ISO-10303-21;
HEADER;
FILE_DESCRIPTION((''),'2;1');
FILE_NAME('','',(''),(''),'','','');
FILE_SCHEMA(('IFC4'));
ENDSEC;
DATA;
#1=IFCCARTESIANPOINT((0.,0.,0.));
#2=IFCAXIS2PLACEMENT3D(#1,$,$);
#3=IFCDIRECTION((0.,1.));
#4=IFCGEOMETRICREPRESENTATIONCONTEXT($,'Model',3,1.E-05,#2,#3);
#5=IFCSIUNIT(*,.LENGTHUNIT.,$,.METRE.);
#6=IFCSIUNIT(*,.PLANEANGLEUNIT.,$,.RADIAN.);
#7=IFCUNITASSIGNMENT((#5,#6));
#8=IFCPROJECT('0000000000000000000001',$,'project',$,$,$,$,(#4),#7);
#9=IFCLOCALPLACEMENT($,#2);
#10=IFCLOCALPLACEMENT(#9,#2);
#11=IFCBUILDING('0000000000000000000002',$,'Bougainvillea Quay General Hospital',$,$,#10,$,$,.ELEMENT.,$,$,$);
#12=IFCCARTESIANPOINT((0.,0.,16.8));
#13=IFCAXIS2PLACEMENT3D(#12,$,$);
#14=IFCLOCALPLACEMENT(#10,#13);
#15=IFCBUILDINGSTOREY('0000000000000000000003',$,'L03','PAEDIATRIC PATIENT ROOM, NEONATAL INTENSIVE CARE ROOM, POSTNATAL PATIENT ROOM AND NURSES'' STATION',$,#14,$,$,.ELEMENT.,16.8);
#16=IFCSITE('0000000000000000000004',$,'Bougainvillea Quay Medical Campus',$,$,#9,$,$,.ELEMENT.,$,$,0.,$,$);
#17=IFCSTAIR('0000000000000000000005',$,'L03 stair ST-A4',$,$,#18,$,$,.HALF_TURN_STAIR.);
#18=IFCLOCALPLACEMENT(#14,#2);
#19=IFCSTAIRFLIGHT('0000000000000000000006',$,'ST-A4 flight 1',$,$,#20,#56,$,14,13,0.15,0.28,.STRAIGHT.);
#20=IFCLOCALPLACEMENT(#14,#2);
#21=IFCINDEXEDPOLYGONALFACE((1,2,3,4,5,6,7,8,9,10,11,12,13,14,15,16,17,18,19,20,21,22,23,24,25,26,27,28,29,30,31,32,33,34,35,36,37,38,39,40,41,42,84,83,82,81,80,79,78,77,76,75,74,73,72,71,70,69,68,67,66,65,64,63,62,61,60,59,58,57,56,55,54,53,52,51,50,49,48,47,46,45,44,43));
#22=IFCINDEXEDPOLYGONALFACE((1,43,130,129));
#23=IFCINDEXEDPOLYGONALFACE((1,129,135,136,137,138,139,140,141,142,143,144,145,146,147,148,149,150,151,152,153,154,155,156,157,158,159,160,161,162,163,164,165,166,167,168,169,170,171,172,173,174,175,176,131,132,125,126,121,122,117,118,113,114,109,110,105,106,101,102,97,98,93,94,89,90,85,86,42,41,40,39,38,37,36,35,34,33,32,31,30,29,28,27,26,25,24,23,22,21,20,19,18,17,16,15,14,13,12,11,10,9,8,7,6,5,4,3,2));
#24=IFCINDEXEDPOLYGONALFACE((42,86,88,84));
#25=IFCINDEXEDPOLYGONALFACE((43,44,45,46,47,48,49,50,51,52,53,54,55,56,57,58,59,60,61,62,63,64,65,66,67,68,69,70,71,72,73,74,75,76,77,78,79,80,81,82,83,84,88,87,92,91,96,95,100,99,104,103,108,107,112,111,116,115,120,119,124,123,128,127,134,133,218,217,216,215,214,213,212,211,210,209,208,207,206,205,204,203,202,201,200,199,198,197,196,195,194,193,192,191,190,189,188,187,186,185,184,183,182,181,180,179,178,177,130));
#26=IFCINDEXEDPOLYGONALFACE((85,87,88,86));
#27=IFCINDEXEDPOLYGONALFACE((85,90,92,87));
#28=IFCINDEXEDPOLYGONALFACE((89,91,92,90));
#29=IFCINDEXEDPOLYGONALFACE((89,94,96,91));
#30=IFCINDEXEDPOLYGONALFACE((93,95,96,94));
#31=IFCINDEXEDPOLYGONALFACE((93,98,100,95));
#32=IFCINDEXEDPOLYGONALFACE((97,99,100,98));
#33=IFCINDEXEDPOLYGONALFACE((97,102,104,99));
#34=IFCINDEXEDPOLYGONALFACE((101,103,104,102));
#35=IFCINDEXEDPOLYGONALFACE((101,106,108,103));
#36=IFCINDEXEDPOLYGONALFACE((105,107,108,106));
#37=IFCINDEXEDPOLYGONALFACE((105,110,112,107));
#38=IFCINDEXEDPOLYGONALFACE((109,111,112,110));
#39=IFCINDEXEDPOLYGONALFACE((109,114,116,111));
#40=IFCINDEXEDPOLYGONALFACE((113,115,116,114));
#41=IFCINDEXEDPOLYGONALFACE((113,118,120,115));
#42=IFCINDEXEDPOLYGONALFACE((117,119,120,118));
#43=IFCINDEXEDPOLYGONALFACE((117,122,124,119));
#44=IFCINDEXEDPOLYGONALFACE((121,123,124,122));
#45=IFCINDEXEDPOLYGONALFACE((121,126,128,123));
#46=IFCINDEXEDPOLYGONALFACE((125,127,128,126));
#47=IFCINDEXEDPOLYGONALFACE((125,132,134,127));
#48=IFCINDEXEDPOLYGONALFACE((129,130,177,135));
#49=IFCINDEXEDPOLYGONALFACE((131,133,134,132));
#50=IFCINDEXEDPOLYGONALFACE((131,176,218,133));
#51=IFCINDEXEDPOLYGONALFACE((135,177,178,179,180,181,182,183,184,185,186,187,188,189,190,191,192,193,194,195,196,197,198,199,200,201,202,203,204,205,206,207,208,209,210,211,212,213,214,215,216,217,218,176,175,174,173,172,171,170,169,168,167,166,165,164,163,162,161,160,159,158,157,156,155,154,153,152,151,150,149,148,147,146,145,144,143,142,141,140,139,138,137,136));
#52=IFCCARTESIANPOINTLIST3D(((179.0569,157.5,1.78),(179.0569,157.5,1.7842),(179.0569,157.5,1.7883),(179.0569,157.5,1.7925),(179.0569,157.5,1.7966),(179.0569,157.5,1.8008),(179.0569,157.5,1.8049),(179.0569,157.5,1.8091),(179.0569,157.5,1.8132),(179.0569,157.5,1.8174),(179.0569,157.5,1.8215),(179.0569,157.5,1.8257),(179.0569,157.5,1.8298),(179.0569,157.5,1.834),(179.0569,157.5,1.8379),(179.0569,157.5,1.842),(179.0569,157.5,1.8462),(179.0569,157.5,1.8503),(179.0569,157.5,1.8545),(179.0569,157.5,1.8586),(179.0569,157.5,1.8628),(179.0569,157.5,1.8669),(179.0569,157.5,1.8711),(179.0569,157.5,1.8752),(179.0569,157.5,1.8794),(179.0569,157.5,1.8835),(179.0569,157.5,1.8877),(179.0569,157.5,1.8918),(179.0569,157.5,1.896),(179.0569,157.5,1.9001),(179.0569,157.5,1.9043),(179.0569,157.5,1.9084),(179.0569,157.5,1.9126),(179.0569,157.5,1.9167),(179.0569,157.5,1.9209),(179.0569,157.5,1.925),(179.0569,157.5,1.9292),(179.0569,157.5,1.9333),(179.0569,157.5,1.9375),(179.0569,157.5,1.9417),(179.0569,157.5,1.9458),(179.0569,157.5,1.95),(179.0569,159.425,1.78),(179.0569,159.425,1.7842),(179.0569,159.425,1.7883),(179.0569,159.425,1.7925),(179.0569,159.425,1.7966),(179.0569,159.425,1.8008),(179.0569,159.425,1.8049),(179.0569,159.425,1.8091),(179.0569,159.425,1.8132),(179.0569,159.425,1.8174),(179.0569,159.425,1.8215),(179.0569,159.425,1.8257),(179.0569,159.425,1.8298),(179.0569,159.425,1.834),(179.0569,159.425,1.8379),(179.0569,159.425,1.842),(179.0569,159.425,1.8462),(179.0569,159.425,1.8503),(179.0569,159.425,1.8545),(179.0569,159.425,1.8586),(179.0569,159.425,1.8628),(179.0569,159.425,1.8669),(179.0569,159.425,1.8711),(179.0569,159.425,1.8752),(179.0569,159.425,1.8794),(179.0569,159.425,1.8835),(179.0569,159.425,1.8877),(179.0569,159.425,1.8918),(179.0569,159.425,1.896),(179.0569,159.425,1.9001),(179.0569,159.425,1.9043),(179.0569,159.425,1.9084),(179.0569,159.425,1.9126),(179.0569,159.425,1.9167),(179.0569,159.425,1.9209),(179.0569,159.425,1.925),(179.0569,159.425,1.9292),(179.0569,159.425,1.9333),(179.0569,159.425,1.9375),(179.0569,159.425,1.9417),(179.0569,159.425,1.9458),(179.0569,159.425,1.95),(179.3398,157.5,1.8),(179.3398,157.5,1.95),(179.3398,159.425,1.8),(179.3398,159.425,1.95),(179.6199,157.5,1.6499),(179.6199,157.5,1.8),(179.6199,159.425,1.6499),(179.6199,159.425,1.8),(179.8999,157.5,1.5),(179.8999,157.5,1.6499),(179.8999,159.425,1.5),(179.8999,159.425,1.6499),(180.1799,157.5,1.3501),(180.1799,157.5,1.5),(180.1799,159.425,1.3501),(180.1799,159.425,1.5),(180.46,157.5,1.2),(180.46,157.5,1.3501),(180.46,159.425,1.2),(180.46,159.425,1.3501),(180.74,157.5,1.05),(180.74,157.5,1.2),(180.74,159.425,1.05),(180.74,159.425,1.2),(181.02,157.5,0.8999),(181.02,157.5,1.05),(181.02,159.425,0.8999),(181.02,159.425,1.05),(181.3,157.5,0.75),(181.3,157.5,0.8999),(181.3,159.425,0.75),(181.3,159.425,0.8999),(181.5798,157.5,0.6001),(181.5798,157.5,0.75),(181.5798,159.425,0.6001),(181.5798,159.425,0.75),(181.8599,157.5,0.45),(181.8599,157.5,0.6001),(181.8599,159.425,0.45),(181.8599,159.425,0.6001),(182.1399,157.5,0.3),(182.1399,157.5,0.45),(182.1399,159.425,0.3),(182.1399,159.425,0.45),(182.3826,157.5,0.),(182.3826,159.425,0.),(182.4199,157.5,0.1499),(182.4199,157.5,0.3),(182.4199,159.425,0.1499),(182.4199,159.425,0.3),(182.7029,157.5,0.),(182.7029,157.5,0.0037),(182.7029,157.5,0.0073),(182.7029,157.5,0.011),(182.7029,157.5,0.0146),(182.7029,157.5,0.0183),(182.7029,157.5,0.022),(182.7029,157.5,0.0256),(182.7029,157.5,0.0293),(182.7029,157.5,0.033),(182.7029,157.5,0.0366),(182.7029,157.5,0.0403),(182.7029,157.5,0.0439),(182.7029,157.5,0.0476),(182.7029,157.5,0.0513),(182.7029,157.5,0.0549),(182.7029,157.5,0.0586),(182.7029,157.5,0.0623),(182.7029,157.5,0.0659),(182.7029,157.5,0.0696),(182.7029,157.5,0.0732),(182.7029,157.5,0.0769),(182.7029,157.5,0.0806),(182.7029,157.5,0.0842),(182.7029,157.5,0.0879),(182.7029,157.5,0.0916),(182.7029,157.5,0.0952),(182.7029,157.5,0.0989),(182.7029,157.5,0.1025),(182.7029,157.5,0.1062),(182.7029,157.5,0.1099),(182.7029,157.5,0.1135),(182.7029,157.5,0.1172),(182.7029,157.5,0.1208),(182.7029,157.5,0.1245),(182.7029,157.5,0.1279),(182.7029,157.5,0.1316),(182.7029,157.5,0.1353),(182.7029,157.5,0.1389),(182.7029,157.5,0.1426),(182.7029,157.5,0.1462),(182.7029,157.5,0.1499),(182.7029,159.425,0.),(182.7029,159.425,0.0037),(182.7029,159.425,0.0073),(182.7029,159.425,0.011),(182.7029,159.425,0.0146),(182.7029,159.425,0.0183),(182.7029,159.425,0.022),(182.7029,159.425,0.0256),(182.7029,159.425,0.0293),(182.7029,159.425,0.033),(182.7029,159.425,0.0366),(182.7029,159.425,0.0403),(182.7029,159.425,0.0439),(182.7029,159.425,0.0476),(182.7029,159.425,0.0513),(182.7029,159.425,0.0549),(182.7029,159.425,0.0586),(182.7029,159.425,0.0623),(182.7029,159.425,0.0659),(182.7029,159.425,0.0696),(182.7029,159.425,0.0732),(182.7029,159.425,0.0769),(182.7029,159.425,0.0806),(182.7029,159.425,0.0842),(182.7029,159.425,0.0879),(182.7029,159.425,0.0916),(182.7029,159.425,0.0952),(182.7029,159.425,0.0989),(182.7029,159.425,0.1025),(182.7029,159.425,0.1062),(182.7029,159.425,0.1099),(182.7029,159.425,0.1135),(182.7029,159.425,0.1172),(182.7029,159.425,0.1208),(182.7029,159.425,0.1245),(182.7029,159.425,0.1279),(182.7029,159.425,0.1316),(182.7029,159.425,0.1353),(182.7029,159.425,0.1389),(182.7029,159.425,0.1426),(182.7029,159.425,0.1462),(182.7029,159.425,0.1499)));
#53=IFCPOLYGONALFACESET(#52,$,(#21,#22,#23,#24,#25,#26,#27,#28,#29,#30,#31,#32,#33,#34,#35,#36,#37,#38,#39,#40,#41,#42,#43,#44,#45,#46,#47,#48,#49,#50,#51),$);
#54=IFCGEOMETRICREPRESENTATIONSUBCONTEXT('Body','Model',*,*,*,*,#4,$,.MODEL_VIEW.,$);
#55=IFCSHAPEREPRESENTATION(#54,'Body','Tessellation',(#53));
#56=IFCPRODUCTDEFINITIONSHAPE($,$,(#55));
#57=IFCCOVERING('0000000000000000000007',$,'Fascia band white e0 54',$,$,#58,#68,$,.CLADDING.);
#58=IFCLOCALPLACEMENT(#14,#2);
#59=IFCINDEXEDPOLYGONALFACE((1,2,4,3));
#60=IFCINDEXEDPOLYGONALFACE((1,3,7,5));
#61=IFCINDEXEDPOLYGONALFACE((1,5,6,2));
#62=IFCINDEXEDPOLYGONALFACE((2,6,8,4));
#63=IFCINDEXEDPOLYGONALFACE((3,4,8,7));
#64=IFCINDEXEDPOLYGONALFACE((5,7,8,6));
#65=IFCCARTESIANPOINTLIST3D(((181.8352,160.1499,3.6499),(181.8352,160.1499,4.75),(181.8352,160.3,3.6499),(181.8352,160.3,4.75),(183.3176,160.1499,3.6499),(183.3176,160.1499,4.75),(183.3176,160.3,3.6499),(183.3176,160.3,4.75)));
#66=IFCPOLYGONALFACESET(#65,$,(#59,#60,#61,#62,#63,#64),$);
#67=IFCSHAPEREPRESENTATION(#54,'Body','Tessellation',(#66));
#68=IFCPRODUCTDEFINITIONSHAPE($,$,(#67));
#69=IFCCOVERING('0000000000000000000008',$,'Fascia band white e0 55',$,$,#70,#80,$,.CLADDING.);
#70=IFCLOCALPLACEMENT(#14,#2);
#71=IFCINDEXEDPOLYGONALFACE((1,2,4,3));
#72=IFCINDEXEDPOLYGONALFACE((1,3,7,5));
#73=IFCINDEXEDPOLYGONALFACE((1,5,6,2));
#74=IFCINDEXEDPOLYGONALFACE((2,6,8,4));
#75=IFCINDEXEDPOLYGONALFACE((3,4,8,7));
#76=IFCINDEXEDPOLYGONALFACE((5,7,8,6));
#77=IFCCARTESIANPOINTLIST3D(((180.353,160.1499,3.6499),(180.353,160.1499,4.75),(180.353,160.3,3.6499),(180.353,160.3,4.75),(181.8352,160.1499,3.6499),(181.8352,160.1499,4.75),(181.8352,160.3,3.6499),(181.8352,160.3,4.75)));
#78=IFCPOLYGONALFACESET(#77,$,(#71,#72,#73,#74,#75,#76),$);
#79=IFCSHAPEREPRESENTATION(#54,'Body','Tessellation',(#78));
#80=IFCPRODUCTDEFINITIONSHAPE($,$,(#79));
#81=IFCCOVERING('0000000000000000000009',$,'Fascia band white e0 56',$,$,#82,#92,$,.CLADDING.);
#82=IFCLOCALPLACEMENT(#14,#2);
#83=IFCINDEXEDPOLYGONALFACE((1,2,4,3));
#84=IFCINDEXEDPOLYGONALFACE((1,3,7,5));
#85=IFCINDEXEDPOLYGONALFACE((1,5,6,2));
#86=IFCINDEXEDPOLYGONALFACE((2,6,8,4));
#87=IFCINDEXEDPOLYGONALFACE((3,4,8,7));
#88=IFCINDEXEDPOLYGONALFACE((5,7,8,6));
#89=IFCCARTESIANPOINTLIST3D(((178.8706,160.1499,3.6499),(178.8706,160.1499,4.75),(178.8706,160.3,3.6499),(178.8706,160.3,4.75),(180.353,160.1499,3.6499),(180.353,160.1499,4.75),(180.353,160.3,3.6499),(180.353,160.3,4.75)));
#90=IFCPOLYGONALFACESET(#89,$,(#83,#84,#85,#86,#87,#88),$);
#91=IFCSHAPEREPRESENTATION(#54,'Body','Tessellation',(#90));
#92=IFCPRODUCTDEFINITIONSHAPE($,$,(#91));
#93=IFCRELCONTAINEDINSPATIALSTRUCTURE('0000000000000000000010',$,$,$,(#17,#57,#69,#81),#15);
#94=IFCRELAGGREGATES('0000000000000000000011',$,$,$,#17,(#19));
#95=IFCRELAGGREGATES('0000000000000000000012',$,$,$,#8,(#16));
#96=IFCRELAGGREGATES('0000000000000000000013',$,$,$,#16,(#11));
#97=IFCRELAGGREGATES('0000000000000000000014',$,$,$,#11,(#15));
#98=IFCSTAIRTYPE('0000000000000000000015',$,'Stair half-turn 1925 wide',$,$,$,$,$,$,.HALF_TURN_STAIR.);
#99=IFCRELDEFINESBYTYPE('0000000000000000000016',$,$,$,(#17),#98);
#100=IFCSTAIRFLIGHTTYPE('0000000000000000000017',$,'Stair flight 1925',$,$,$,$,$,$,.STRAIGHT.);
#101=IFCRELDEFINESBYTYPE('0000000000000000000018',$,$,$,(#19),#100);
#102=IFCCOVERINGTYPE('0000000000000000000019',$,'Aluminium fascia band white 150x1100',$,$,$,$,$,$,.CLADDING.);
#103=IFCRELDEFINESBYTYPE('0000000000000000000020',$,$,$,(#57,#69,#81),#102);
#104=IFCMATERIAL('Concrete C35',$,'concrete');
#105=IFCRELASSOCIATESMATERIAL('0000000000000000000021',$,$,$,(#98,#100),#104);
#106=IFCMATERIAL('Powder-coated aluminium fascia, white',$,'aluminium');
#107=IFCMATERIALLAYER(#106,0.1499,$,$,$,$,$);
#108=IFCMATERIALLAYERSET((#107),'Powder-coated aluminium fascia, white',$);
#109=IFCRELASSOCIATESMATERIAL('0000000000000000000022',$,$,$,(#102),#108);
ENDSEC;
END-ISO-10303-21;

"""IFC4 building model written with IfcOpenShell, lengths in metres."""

from ifc_helpers import new_model, si_unit, direction, frame, origin, place, context, subcontext, project, spatial, polyline, outline, extrude, material, layer, layer_set, type_object, element, aggregate, save


model = new_model("IFC4")

# Units and contexts
model_context = context("Model", 3, precision=1e-05, world=origin(), true_north=direction((0.0, 1.0)))
body_context = subcontext(model_context, "Body", "Model", "MODEL_VIEW")
ifc_project = project(units=[si_unit("LENGTHUNIT", "METRE"), si_unit("PLANEANGLEUNIT", "RADIAN")], contexts=[model_context])

# Site, building, storey
site_placement = place(None, origin())
site = spatial("IfcSite", under=ifc_project, at=site_placement, Name="Bougainvillea Quay Medical Campus", CompositionType="ELEMENT", RefElevation=0.0)
building_placement = place(site_placement, origin())
building = spatial("IfcBuilding", under=site, at=building_placement, Name="Bougainvillea Quay General Hospital", CompositionType="ELEMENT")
storey_placement = place(building_placement, frame((0.0, 0.0, 16.8)))
storey = spatial("IfcBuildingStorey", under=building, at=storey_placement, Name="L03", Description="PAEDIATRIC PATIENT ROOM, NEONATAL INTENSIVE CARE ROOM, POSTNATAL PATIENT ROOM AND NURSES' STATION", CompositionType="ELEMENT", Elevation=16.8)

# Stair, stair flight
ifc_material_1 = material(Name="Concrete C35", Category="concrete")
stair_type = type_object("IfcStairType", Name="Stair half-turn 1925 wide", PredefinedType="HALF_TURN_STAIR", material=ifc_material_1)
stair_placement = place(storey_placement, origin())
stair = element("IfcStair", 1, at=stair_placement, inside=storey, type_object=stair_type, Name="L03 stair ST-A4", PredefinedType="HALF_TURN_STAIR")
stair_flight_type = type_object("IfcStairFlightType", Name="Stair flight 1925", PredefinedType="STRAIGHT", material=ifc_material_1)
stair_flight_1_placement = place(storey_placement, frame((182.7, 158.4624, 0.0), z_axis=(0.0, 0.0, 1.0), x_axis=(-1.0, 0.0, 0.0)))
stair_flight_1 = element("IfcStairFlight", 2, at=stair_flight_1_placement, type_object=stair_flight_type, Name="ST-A4 flight 1", NumberOfRisers=14, NumberOfTreads=13, PredefinedType="STRAIGHT", RiserHeight=0.15, TreadLength=0.28, context=body_context, shape_type="SweptSolid", body=[
    extrude(outline(polyline([(-0.0029, 0.0), (-0.0029, 0.0037), (-0.0029, 0.0073), (-0.0029, 0.011), (-0.0029, 0.0146), (-0.0029, 0.0183), (-0.0029, 0.022), (-0.0029, 0.0256), (-0.0029, 0.0293), (-0.0029, 0.033), (-0.0029, 0.0366), (-0.0029, 0.0403), (-0.0029, 0.0439), (-0.0029, 0.0476), (-0.0029, 0.0513), (-0.0029, 0.0549), (-0.0029, 0.0586), (-0.0029, 0.0623), (-0.0029, 0.0659), (-0.0029, 0.0696), (-0.0029, 0.0732), (-0.0029, 0.0769), (-0.0029, 0.0806), (-0.0029, 0.0842), (-0.0029, 0.0879), (-0.0029, 0.0916), (-0.0029, 0.0952), (-0.0029, 0.0989), (-0.0029, 0.1025), (-0.0029, 0.1062), (-0.0029, 0.1099), (-0.0029, 0.1135), (-0.0029, 0.1172), (-0.0029, 0.1208), (-0.0029, 0.1245), (-0.0029, 0.1279), (-0.0029, 0.1316), (-0.0029, 0.1353), (-0.0029, 0.1389), (-0.0029, 0.1426), (-0.0029, 0.1462), (-0.0029, 0.1499), (0.28, 0.1499), (0.28, 0.3), (0.5601, 0.3), (0.5601, 0.45), (0.8401, 0.45), (0.8401, 0.6001), (1.1201, 0.6001), (1.1201, 0.75), (1.3999, 0.75), (1.3999, 0.8999), (1.6799, 0.8999), (1.6799, 1.05), (1.96, 1.05), (1.96, 1.2), (2.24, 1.2), (2.24, 1.3501), (2.52, 1.3501), (2.52, 1.5), (2.8, 1.5), (2.8, 1.6499), (3.0801, 1.6499), (3.0801, 1.8), (3.3601, 1.8), (3.3601, 1.95), (3.6431, 1.95), (3.6431, 1.9458), (3.6431, 1.9417), (3.6431, 1.9375), (3.6431, 1.9333), (3.6431, 1.9292), (3.6431, 1.925), (3.6431, 1.9209), (3.6431, 1.9167), (3.6431, 1.9126), (3.6431, 1.9084), (3.6431, 1.9043), (3.6431, 1.9001), (3.6431, 1.896), (3.6431, 1.8918), (3.6431, 1.8877), (3.6431, 1.8835), (3.6431, 1.8794), (3.6431, 1.8752), (3.6431, 1.8711), (3.6431, 1.8669), (3.6431, 1.8628), (3.6431, 1.8586), (3.6431, 1.8545), (3.6431, 1.8503), (3.6431, 1.8462), (3.6431, 1.842), (3.6431, 1.8379), (3.6431, 1.834), (3.6431, 1.8298), (3.6431, 1.8257), (3.6431, 1.8215), (3.6431, 1.8174), (3.6431, 1.8132), (3.6431, 1.8091), (3.6431, 1.8049), (3.6431, 1.8008), (3.6431, 1.7966), (3.6431, 1.7925), (3.6431, 1.7883), (3.6431, 1.7842), (3.6431, 1.78), (0.3174, 0.0), (-0.0029, 0.0)])), frame((0.0, 0.9624, 0.0), z_axis=(0.0, -1.0, 0.0), x_axis=(1.0, 0.0, 0.0)), (0.0, 0.0, 1.0), 1.925),
])
aggregate(stair, [stair_flight_1])

# Coverings
ifc_material_2 = material(Name="Powder-coated aluminium fascia, white", Category="aluminium")
ifc_layer_1 = layer(ifc_material_2, 0.1499)
ifc_layer_set_1 = layer_set([ifc_layer_1], Name="Powder-coated aluminium fascia, white")
covering_type = type_object("IfcCoveringType", Name="Aluminium fascia band white 150x1100", PredefinedType="CLADDING", material=ifc_layer_set_1)
covering_1_placement = place(storey_placement, frame((183.3176, 160.1499, 3.6499), z_axis=(0.0, 0.0, 1.0), x_axis=(-1.0, 0.0, 0.0)))
element("IfcCovering", 3, at=covering_1_placement, inside=storey, type_object=covering_type, Name="Fascia band white e0 54", PredefinedType="CLADDING", context=body_context, shape_type="SweptSolid", body=[
    extrude(outline(polyline([(0.0, 0.0), (1.4824, 0.0), (1.4824, -0.1501), (0.0, -0.1501), (0.0, 0.0)])), origin(), (0.0, 0.0, 1.0), 1.1001),
])
covering_2_placement = place(storey_placement, frame((181.8352, 160.1499, 3.6499), z_axis=(0.0, 0.0, 1.0), x_axis=(-1.0, 0.0, 0.0)))
element("IfcCovering", 4, at=covering_2_placement, inside=storey, type_object=covering_type, Name="Fascia band white e0 55", PredefinedType="CLADDING", context=body_context, shape_type="SweptSolid", body=[
    extrude(outline(polyline([(0.0, 0.0), (1.4822, 0.0), (1.4822, -0.1501), (0.0, -0.1501), (0.0, 0.0)])), origin(), (0.0, 0.0, 1.0), 1.1001),
])
covering_3_placement = place(storey_placement, frame((180.353, 160.1499, 3.6499), z_axis=(0.0, 0.0, 1.0), x_axis=(-1.0, 0.0, 0.0)))
element("IfcCovering", 5, at=covering_3_placement, inside=storey, type_object=covering_type, Name="Fascia band white e0 56", PredefinedType="CLADDING", context=body_context, shape_type="SweptSolid", body=[
    extrude(outline(polyline([(0.0, 0.0), (1.4824, 0.0), (1.4824, -0.1501), (0.0, -0.1501), (0.0, 0.0)])), origin(), (0.0, 0.0, 1.0), 1.1001),
])

save(model, "model.ifc")
